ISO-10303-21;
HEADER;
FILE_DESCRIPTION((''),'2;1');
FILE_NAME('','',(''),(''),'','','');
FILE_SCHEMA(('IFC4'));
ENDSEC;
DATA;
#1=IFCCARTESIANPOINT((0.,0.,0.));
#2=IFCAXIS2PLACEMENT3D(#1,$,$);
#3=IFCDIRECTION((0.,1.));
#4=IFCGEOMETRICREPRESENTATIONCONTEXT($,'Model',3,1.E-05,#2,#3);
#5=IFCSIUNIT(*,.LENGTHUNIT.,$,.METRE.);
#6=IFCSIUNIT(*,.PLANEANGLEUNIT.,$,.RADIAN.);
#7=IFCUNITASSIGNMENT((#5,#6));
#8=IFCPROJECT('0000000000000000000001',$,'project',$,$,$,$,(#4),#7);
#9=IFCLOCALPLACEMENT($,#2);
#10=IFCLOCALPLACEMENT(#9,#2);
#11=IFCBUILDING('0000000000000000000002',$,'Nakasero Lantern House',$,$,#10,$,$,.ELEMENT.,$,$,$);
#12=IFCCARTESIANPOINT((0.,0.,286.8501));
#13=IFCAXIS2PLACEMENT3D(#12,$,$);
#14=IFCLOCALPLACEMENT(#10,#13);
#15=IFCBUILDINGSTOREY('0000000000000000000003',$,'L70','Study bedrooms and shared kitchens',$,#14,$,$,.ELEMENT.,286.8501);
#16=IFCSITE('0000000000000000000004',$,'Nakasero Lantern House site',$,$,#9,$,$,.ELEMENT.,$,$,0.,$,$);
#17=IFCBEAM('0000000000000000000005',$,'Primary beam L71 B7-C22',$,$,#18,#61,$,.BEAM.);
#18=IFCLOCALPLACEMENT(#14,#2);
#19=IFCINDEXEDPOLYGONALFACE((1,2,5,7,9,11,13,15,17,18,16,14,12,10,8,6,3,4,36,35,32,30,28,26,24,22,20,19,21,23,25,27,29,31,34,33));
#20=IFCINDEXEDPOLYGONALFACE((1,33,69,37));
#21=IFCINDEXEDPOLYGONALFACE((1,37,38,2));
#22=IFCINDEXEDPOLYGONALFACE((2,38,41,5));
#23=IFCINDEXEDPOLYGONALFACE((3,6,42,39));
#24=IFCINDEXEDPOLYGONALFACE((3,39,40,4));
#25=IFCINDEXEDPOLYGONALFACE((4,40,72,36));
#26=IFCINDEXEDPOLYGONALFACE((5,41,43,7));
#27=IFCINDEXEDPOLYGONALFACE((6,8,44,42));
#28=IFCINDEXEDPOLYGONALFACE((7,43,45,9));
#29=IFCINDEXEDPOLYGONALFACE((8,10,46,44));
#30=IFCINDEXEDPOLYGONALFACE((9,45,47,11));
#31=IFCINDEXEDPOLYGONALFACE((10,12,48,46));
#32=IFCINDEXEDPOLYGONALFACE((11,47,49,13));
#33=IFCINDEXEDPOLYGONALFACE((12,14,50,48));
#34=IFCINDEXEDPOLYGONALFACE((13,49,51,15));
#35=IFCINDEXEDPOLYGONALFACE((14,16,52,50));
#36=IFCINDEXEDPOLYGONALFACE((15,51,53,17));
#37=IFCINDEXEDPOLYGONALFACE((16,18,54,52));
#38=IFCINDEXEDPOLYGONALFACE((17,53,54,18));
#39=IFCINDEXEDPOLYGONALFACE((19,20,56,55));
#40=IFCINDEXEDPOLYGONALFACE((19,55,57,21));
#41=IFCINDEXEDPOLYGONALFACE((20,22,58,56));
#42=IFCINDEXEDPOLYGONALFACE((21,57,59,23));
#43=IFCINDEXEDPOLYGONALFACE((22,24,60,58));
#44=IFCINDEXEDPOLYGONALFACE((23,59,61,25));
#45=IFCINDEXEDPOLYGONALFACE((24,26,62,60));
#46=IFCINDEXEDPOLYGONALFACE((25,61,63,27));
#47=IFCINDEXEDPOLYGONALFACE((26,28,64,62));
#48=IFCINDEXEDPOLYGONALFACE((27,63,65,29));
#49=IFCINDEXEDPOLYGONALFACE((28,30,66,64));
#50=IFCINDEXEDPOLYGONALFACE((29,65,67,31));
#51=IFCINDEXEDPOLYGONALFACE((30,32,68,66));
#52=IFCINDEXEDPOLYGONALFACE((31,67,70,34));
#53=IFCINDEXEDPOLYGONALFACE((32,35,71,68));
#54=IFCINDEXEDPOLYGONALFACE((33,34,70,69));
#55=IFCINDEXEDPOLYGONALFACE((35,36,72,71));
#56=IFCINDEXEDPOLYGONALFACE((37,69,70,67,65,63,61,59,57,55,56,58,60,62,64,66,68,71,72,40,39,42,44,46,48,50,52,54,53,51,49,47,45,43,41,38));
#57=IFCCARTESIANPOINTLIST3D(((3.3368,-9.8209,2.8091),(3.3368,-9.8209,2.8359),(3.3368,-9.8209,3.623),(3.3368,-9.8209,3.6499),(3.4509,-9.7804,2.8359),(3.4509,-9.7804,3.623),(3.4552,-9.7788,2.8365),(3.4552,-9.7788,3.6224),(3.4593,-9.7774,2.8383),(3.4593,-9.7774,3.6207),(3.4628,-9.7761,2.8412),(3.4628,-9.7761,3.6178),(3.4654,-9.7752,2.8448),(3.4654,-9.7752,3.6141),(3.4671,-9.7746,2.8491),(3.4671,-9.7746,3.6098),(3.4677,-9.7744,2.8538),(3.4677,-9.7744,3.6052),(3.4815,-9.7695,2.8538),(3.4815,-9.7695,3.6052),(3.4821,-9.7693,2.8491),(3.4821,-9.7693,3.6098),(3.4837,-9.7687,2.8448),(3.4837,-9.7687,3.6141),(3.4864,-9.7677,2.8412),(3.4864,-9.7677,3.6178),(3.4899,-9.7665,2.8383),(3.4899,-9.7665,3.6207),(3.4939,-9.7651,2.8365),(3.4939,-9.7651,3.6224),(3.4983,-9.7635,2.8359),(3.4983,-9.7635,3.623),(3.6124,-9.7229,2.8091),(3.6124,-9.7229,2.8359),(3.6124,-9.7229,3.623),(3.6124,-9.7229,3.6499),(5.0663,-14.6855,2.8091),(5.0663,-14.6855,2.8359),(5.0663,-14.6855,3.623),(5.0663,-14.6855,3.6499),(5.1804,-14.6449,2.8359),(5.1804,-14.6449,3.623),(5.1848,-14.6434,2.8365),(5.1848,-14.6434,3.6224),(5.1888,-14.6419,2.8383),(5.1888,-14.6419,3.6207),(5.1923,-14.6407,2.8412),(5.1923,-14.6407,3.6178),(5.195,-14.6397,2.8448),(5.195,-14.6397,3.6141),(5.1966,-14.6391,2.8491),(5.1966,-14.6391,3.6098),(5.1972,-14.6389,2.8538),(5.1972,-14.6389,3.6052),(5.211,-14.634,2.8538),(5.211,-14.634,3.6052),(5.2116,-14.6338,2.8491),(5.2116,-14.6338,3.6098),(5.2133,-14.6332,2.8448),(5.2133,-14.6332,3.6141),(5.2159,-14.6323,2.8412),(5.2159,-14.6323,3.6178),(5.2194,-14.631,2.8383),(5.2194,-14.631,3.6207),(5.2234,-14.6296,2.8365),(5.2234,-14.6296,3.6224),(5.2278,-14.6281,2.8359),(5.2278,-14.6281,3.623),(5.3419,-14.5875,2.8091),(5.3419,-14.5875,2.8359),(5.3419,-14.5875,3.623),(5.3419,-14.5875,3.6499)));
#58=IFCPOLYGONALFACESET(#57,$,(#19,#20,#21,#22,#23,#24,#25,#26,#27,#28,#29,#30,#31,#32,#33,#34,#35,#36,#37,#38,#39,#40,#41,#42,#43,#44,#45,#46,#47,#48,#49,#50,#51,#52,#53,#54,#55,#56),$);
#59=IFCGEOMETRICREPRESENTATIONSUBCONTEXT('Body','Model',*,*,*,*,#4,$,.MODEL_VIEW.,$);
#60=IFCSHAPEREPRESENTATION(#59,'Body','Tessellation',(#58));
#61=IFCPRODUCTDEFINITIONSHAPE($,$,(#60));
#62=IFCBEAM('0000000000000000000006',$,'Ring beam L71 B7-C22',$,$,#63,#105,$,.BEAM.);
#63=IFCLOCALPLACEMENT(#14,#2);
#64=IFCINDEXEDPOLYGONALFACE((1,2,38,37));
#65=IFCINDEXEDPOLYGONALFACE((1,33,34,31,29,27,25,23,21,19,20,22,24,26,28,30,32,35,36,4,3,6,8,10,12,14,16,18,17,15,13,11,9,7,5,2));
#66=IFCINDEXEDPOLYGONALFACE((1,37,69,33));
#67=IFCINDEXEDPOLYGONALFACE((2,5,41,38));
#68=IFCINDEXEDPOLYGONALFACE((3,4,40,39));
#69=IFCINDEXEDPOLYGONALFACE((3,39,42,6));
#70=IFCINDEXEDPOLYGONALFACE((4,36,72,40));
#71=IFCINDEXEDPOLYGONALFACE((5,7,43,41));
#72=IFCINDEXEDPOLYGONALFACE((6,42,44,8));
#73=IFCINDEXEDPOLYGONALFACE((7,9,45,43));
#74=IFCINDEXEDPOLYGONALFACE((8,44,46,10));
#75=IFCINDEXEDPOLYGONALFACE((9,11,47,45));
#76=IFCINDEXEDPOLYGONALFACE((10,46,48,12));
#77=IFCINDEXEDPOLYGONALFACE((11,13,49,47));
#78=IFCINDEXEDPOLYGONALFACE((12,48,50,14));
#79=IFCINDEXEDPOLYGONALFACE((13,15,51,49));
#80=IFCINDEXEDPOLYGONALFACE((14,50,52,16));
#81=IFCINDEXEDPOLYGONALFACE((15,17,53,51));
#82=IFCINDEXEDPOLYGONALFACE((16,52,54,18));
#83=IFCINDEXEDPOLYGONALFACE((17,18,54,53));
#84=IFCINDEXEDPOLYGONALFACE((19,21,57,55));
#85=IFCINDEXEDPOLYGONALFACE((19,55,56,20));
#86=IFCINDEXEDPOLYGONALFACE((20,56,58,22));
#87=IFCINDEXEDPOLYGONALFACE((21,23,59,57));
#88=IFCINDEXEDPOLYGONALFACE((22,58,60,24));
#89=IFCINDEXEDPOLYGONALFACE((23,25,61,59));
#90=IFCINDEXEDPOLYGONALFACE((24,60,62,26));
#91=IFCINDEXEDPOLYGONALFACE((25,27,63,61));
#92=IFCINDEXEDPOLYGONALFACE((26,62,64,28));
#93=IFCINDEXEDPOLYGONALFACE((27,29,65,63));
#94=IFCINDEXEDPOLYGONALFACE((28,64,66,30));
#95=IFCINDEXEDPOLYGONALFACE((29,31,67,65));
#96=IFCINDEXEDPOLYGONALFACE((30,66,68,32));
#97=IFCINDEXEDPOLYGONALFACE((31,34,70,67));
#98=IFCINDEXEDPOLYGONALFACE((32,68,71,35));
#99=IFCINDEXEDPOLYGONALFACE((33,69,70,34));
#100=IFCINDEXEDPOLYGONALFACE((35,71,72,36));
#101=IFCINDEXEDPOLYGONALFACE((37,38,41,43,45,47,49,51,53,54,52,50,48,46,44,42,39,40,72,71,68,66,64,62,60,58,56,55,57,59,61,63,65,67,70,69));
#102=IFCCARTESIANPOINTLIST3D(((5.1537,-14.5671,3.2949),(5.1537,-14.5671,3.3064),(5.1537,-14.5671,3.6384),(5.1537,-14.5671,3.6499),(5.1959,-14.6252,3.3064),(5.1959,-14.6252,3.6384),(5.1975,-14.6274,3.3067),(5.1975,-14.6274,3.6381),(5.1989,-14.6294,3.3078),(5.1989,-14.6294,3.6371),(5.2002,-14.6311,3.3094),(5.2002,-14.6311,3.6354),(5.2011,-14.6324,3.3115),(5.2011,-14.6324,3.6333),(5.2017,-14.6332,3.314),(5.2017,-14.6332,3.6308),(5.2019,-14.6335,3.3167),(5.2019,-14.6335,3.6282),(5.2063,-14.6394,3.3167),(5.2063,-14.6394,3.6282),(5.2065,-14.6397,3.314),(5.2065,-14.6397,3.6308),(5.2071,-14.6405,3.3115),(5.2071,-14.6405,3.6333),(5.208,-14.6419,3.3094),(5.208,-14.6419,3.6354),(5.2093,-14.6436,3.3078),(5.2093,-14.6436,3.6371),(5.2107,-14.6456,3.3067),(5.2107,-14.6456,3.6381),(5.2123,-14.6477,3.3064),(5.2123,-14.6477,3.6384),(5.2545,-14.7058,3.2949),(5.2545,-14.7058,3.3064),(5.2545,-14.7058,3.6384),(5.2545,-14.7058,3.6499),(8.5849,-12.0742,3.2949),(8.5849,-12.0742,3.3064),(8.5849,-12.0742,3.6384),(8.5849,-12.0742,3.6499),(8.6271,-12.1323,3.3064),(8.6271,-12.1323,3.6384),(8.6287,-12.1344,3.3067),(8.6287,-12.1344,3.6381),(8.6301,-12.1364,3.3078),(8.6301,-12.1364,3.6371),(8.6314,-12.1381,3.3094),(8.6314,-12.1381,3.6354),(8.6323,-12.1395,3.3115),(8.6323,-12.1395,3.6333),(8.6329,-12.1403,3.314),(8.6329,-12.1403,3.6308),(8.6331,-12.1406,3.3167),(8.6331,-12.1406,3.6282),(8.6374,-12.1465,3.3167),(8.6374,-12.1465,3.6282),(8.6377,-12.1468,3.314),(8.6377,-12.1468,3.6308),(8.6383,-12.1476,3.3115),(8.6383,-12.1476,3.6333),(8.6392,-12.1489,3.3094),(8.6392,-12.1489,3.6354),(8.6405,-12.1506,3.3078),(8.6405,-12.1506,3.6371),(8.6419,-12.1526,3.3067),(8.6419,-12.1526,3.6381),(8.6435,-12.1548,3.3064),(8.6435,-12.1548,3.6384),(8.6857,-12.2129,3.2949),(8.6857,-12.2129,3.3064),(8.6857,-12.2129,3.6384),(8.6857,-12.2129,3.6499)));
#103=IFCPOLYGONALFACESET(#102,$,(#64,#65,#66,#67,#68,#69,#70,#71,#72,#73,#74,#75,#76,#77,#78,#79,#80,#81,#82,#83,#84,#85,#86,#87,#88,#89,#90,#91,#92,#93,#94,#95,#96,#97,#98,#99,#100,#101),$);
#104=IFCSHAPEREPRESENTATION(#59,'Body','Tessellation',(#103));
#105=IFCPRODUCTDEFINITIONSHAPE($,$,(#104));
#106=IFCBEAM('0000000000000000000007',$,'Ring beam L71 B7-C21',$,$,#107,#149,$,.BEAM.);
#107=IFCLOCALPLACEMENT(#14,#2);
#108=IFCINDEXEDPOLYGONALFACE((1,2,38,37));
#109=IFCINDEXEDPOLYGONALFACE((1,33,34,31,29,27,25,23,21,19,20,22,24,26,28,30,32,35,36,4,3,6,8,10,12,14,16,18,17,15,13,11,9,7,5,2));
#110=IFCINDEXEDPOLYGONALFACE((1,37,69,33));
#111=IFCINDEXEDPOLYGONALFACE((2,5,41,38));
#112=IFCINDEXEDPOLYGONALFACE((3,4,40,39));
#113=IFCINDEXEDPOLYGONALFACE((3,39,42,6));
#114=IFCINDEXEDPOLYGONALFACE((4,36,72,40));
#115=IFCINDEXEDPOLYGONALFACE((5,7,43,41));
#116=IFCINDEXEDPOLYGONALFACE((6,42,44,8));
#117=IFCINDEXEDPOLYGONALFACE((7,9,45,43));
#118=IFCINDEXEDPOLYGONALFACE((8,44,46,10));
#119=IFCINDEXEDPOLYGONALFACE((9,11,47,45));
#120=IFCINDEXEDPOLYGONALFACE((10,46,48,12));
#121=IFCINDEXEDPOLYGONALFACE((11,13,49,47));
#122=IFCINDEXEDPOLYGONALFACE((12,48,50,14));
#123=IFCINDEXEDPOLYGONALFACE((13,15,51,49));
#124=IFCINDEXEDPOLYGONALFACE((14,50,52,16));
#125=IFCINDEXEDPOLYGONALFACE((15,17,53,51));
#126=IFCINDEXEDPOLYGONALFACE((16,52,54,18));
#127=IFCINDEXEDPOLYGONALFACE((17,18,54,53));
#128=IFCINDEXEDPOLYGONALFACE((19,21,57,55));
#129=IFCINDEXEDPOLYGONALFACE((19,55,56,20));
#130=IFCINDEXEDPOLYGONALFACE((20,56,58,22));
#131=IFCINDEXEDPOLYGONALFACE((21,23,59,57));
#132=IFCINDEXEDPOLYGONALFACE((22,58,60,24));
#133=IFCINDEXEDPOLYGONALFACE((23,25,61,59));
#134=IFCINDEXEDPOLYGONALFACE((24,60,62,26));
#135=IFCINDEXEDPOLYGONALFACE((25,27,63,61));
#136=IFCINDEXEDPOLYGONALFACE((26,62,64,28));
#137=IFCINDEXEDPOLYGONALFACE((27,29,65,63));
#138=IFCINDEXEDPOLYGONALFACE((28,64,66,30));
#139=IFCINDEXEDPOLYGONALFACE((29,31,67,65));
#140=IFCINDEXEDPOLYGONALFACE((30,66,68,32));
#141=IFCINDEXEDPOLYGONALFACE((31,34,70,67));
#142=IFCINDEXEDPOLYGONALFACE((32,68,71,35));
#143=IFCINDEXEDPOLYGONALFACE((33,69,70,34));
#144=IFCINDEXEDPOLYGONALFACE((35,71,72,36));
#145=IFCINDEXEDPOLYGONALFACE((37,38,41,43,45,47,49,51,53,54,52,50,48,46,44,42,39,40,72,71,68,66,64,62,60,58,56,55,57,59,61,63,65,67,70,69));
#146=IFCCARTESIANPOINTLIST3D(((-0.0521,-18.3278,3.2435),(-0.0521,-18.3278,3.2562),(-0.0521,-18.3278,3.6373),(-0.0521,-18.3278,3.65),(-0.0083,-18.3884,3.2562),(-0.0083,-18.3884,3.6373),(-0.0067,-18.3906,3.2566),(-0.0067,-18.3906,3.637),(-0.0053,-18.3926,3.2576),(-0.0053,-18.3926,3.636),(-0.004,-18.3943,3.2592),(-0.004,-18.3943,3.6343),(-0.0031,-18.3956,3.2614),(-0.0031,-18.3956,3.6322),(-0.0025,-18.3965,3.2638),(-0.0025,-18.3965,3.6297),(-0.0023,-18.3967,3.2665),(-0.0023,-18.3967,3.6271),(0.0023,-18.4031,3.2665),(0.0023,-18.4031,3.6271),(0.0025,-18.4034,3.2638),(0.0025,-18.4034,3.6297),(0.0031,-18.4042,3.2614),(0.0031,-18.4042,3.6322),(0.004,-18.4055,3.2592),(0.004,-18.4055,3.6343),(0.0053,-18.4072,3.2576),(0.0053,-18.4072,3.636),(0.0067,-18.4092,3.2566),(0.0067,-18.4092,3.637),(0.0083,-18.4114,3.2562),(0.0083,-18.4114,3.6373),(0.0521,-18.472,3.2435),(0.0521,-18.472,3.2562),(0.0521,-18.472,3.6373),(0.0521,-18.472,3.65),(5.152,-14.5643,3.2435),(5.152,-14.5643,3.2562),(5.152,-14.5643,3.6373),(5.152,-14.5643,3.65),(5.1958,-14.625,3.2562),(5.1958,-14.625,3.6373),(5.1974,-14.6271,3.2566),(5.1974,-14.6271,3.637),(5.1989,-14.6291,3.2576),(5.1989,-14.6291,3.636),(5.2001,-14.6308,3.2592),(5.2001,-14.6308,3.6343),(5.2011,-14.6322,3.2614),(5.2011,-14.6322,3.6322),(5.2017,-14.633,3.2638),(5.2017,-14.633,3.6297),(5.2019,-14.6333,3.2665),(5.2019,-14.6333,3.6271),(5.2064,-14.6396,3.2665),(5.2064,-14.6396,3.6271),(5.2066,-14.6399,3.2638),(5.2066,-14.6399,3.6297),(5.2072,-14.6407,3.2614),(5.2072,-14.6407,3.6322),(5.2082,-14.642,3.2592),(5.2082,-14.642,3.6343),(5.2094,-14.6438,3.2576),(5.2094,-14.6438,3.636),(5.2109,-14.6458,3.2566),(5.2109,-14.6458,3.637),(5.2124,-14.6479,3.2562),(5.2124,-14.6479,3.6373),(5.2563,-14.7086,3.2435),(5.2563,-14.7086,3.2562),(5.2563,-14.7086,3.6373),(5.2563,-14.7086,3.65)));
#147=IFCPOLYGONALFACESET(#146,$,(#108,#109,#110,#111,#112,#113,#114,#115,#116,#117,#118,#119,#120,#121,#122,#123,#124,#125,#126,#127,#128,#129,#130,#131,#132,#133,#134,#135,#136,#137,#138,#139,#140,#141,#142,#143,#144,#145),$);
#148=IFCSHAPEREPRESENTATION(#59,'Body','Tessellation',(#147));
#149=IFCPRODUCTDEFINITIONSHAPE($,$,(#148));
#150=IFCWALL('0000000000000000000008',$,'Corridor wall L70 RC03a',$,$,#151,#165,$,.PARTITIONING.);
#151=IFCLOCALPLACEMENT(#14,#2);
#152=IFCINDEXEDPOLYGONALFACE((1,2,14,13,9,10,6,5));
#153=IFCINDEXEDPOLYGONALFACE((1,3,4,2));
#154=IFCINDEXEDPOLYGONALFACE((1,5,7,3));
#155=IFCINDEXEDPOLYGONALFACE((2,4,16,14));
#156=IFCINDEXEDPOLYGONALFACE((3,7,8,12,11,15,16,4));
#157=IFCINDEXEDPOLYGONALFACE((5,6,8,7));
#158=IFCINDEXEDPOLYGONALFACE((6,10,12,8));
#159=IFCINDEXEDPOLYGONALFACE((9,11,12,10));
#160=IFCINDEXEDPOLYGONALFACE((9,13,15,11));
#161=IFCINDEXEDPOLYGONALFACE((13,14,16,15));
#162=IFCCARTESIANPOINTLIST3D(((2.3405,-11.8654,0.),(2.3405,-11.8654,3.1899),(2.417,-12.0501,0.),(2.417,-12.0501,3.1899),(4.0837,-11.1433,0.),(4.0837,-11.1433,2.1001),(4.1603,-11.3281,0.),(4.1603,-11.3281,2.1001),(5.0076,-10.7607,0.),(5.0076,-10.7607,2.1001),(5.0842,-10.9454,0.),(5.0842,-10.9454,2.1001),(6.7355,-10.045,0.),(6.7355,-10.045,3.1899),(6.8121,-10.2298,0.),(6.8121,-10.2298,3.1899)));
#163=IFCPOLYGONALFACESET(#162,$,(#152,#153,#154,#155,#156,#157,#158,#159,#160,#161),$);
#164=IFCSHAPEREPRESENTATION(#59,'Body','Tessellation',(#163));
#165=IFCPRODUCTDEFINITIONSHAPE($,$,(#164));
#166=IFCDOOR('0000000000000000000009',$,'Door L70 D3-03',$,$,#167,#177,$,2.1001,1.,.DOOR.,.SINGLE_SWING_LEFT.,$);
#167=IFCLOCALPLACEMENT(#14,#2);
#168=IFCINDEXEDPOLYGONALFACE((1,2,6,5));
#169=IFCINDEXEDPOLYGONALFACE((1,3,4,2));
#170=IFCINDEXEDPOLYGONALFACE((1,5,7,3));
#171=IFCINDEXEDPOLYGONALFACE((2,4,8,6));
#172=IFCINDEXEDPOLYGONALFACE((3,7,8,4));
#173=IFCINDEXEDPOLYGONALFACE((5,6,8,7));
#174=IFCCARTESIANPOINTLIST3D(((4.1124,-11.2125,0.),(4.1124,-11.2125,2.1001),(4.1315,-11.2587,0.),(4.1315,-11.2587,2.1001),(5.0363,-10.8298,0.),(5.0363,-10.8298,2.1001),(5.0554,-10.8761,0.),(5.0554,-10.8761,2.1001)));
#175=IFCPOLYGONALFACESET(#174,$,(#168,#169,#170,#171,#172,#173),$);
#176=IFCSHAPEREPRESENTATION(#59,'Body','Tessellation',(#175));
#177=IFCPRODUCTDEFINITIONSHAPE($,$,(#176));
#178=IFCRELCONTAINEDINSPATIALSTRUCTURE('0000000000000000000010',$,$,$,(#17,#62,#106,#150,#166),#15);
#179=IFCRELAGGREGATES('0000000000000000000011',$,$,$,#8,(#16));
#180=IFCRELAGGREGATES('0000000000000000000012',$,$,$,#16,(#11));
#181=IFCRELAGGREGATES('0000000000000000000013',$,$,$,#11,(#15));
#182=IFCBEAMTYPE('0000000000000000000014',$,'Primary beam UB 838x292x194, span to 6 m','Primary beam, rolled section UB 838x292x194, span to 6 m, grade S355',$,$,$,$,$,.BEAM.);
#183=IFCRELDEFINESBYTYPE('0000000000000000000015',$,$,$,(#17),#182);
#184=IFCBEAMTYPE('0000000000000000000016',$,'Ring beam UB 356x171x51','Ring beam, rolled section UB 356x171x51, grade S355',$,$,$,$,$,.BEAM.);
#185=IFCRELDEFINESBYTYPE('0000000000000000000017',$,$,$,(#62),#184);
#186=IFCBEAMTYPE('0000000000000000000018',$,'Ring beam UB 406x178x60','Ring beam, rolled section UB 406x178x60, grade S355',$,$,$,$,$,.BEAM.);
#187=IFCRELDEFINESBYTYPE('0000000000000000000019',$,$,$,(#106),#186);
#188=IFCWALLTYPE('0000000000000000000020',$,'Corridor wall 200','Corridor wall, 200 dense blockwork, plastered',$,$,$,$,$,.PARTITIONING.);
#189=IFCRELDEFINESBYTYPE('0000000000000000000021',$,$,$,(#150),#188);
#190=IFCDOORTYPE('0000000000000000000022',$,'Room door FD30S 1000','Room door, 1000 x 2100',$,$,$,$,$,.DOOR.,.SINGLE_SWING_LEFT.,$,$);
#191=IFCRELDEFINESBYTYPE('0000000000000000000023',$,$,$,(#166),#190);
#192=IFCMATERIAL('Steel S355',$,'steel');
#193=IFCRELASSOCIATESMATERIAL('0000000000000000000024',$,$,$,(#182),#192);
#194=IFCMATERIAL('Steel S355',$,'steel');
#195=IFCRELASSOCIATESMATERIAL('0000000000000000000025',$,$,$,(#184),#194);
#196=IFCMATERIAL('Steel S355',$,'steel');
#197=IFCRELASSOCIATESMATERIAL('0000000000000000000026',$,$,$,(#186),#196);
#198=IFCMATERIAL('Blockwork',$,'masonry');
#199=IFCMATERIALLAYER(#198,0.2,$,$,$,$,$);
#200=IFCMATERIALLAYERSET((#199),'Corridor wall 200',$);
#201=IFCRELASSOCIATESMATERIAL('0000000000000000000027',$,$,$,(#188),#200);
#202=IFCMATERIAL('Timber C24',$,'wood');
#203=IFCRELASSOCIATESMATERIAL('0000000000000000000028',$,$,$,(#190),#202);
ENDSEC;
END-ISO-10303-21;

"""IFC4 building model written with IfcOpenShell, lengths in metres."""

from ifc_helpers import new_model, si_unit, direction, frame, frame_2d, origin, origin_2d, place, context, subcontext, project, spatial, rectangle, i_section, extrude, material, layer, layer_set, material_profile, profile_set, type_object, element, fill, save


model = new_model("IFC4")

# Units and contexts
model_context = context("Model", 3, precision=1e-05, world=origin(), true_north=direction((0.0, 1.0)))
body_context = subcontext(model_context, "Body", "Model", "MODEL_VIEW")
ifc_project = project(units=[si_unit("LENGTHUNIT", "METRE"), si_unit("PLANEANGLEUNIT", "RADIAN")], contexts=[model_context])

# Site, building, storey
site_placement = place(None, origin())
site = spatial("IfcSite", under=ifc_project, at=site_placement, Name="Nakasero Lantern House site", CompositionType="ELEMENT", RefElevation=0.0)
building_placement = place(site_placement, origin())
building = spatial("IfcBuilding", under=site, at=building_placement, Name="Nakasero Lantern House", CompositionType="ELEMENT")
storey_placement = place(building_placement, frame((0.0, 0.0, 286.8501)))
storey = spatial("IfcBuildingStorey", under=building, at=storey_placement, Name="L70", Description="Study bedrooms and shared kitchens", CompositionType="ELEMENT", Elevation=286.8501)

# Beams
ifc_material_1 = material(Name="Steel S355", Category="steel")
ifc_material_profile_1 = material_profile(ifc_material_1, i_section(OverallWidth=0.2925, OverallDepth=0.8408, WebThickness=0.0146, FlangeThickness=0.0269, FilletRadius=0.0178, at=origin_2d()), Name="UB 838x292x194")
ifc_profile_set_1 = profile_set([ifc_material_profile_1], Name="Steel S355")
beam_type_1 = type_object("IfcBeamType", Name="Primary beam UB 838x292x194, span to 6 m", Description="Primary beam, rolled section UB 838x292x194, span to 6 m, grade S355", PredefinedType="BEAM", material=ifc_profile_set_1)
beam_1_placement = place(storey_placement, frame((5.2041, -14.6365, 3.2295), z_axis=(-0.334991, 0.942221, 0.0), x_axis=(-0.942221, -0.334991, 0.0)))
element("IfcBeam", 1, at=beam_1_placement, inside=storey, type_object=beam_type_1, Name="Primary beam L71 B7-C22", PredefinedType="BEAM", context=body_context, shape_type="SweptSolid", body=[
    extrude(i_section(OverallWidth=0.2925, OverallDepth=0.8408, WebThickness=0.0146, FlangeThickness=0.0269, FilletRadius=0.0178, at=origin_2d()), origin(), (0.0, 0.0, 1.0), 5.1628),
])
ifc_material_2 = material(Name="Steel S355", Category="steel")
ifc_material_profile_2 = material_profile(ifc_material_2, i_section(OverallWidth=0.1714, OverallDepth=0.355, WebThickness=0.0073, FlangeThickness=0.0115, FilletRadius=0.0103, at=origin_2d()), Name="UB 356x171x51")
ifc_profile_set_2 = profile_set([ifc_material_profile_2], Name="Steel S355")
beam_type_2 = type_object("IfcBeamType", Name="Ring beam UB 356x171x51", Description="Ring beam, rolled section UB 356x171x51, grade S355", PredefinedType="BEAM", material=ifc_profile_set_2)
beam_2_placement = place(storey_placement, frame((5.2041, -14.6365, 3.4724), z_axis=(0.809012, 0.587792, 0.0), x_axis=(-0.587792, 0.809012, 0.0)))
element("IfcBeam", 2, at=beam_2_placement, inside=storey, type_object=beam_type_2, Name="Ring beam L71 B7-C22", PredefinedType="BEAM", context=body_context, shape_type="SweptSolid", body=[
    extrude(i_section(OverallWidth=0.1714, OverallDepth=0.355, WebThickness=0.0073, FlangeThickness=0.0115, FilletRadius=0.0103, at=origin_2d()), origin(), (0.0, 0.0, 1.0), 4.2412),
])
ifc_material_3 = material(Name="Steel S355", Category="steel")
ifc_material_profile_3 = material_profile(ifc_material_3, i_section(OverallWidth=0.178, OverallDepth=0.4065, WebThickness=0.0078, FlangeThickness=0.0127, FilletRadius=0.0103, at=origin_2d()), Name="UB 406x178x60")
ifc_profile_set_3 = profile_set([ifc_material_profile_3], Name="Steel S355")
beam_type_3 = type_object("IfcBeamType", Name="Ring beam UB 406x178x60", Description="Ring beam, rolled section UB 406x178x60, grade S355", PredefinedType="BEAM", material=ifc_profile_set_3)
beam_3_placement = place(storey_placement, frame((0.0, -18.3999, 3.4468), z_axis=(0.810316, 0.585993, 0.0), x_axis=(-0.585993, 0.810316, 0.0)))
element("IfcBeam", 3, at=beam_3_placement, inside=storey, type_object=beam_type_3, Name="Ring beam L71 B7-C21", PredefinedType="BEAM", context=body_context, shape_type="SweptSolid", body=[
    extrude(i_section(OverallWidth=0.178, OverallDepth=0.4065, WebThickness=0.0078, FlangeThickness=0.0127, FilletRadius=0.0103, at=origin_2d()), origin(), (0.0, 0.0, 1.0), 6.4224),
])

# Wall, opening, door
ifc_material_4 = material(Name="Blockwork", Category="masonry")
ifc_layer_1 = layer(ifc_material_4, 0.2)
ifc_layer_set_1 = layer_set([ifc_layer_1], Name="Corridor wall 200")
wall_type_1 = type_object("IfcWallType", Name="Corridor wall 200", Description="Corridor wall, 200 dense blockwork, plastered", PredefinedType="PARTITIONING", material=ifc_layer_set_1)
wall_1_placement = place(storey_placement, frame((6.7737, -10.1375, 0.0), z_axis=(0.0, 0.0, 1.0), x_axis=(-0.923892, -0.382654, 0.0)))
wall_1 = element("IfcWall", 4, at=wall_1_placement, inside=storey, type_object=wall_type_1, Name="Corridor wall L70 RC03a", PredefinedType="PARTITIONING", context=body_context, shape_type="SweptSolid", body=[
    extrude(rectangle(XDim=4.7571, YDim=0.2, at=frame_2d((2.3784, 0.0))), origin(), (0.0, 0.0, 1.0), 3.1899),
])
opening_1_placement = place(wall_1_placement, frame((1.8701, 0.0, 0.0)))
opening_1 = element("IfcOpeningElement", 5, at=opening_1_placement, cuts=wall_1, PredefinedType="OPENING", context=body_context, shape_type="SweptSolid", body=[
    extrude(rectangle(XDim=1.0, YDim=2.1001, at=frame_2d((0.5, 1.05))), frame((0.0, 0.1199, 0.0), z_axis=(0.0, -1.0, 0.0), x_axis=(1.0, 0.0, 0.0)), (0.0, 0.0, 1.0), 0.24),
])
ifc_material_5 = material(Name="Timber C24", Category="wood")
door_type_1 = type_object("IfcDoorType", Name="Room door FD30S 1000", Description="Room door, 1000 x 2100", OperationType="SINGLE_SWING_LEFT", PredefinedType="DOOR", material=ifc_material_5)
door_1_placement = place(opening_1_placement, origin())
door_1 = element("IfcDoor", 6, at=door_1_placement, inside=storey, type_object=door_type_1, Name="Door L70 D3-03", OperationType="SINGLE_SWING_LEFT", OverallHeight=2.1001, OverallWidth=1.0, PredefinedType="DOOR", context=body_context, shape_type="SweptSolid", body=[
    extrude(rectangle(XDim=1.0, YDim=2.1001, at=frame_2d((0.5, 1.05))), frame((0.0, 0.0249, 0.0), z_axis=(0.0, -1.0, 0.0), x_axis=(1.0, 0.0, 0.0)), (0.0, 0.0, 1.0), 0.05),
])
fill(opening_1, door_1)

save(model, "model.ifc")
